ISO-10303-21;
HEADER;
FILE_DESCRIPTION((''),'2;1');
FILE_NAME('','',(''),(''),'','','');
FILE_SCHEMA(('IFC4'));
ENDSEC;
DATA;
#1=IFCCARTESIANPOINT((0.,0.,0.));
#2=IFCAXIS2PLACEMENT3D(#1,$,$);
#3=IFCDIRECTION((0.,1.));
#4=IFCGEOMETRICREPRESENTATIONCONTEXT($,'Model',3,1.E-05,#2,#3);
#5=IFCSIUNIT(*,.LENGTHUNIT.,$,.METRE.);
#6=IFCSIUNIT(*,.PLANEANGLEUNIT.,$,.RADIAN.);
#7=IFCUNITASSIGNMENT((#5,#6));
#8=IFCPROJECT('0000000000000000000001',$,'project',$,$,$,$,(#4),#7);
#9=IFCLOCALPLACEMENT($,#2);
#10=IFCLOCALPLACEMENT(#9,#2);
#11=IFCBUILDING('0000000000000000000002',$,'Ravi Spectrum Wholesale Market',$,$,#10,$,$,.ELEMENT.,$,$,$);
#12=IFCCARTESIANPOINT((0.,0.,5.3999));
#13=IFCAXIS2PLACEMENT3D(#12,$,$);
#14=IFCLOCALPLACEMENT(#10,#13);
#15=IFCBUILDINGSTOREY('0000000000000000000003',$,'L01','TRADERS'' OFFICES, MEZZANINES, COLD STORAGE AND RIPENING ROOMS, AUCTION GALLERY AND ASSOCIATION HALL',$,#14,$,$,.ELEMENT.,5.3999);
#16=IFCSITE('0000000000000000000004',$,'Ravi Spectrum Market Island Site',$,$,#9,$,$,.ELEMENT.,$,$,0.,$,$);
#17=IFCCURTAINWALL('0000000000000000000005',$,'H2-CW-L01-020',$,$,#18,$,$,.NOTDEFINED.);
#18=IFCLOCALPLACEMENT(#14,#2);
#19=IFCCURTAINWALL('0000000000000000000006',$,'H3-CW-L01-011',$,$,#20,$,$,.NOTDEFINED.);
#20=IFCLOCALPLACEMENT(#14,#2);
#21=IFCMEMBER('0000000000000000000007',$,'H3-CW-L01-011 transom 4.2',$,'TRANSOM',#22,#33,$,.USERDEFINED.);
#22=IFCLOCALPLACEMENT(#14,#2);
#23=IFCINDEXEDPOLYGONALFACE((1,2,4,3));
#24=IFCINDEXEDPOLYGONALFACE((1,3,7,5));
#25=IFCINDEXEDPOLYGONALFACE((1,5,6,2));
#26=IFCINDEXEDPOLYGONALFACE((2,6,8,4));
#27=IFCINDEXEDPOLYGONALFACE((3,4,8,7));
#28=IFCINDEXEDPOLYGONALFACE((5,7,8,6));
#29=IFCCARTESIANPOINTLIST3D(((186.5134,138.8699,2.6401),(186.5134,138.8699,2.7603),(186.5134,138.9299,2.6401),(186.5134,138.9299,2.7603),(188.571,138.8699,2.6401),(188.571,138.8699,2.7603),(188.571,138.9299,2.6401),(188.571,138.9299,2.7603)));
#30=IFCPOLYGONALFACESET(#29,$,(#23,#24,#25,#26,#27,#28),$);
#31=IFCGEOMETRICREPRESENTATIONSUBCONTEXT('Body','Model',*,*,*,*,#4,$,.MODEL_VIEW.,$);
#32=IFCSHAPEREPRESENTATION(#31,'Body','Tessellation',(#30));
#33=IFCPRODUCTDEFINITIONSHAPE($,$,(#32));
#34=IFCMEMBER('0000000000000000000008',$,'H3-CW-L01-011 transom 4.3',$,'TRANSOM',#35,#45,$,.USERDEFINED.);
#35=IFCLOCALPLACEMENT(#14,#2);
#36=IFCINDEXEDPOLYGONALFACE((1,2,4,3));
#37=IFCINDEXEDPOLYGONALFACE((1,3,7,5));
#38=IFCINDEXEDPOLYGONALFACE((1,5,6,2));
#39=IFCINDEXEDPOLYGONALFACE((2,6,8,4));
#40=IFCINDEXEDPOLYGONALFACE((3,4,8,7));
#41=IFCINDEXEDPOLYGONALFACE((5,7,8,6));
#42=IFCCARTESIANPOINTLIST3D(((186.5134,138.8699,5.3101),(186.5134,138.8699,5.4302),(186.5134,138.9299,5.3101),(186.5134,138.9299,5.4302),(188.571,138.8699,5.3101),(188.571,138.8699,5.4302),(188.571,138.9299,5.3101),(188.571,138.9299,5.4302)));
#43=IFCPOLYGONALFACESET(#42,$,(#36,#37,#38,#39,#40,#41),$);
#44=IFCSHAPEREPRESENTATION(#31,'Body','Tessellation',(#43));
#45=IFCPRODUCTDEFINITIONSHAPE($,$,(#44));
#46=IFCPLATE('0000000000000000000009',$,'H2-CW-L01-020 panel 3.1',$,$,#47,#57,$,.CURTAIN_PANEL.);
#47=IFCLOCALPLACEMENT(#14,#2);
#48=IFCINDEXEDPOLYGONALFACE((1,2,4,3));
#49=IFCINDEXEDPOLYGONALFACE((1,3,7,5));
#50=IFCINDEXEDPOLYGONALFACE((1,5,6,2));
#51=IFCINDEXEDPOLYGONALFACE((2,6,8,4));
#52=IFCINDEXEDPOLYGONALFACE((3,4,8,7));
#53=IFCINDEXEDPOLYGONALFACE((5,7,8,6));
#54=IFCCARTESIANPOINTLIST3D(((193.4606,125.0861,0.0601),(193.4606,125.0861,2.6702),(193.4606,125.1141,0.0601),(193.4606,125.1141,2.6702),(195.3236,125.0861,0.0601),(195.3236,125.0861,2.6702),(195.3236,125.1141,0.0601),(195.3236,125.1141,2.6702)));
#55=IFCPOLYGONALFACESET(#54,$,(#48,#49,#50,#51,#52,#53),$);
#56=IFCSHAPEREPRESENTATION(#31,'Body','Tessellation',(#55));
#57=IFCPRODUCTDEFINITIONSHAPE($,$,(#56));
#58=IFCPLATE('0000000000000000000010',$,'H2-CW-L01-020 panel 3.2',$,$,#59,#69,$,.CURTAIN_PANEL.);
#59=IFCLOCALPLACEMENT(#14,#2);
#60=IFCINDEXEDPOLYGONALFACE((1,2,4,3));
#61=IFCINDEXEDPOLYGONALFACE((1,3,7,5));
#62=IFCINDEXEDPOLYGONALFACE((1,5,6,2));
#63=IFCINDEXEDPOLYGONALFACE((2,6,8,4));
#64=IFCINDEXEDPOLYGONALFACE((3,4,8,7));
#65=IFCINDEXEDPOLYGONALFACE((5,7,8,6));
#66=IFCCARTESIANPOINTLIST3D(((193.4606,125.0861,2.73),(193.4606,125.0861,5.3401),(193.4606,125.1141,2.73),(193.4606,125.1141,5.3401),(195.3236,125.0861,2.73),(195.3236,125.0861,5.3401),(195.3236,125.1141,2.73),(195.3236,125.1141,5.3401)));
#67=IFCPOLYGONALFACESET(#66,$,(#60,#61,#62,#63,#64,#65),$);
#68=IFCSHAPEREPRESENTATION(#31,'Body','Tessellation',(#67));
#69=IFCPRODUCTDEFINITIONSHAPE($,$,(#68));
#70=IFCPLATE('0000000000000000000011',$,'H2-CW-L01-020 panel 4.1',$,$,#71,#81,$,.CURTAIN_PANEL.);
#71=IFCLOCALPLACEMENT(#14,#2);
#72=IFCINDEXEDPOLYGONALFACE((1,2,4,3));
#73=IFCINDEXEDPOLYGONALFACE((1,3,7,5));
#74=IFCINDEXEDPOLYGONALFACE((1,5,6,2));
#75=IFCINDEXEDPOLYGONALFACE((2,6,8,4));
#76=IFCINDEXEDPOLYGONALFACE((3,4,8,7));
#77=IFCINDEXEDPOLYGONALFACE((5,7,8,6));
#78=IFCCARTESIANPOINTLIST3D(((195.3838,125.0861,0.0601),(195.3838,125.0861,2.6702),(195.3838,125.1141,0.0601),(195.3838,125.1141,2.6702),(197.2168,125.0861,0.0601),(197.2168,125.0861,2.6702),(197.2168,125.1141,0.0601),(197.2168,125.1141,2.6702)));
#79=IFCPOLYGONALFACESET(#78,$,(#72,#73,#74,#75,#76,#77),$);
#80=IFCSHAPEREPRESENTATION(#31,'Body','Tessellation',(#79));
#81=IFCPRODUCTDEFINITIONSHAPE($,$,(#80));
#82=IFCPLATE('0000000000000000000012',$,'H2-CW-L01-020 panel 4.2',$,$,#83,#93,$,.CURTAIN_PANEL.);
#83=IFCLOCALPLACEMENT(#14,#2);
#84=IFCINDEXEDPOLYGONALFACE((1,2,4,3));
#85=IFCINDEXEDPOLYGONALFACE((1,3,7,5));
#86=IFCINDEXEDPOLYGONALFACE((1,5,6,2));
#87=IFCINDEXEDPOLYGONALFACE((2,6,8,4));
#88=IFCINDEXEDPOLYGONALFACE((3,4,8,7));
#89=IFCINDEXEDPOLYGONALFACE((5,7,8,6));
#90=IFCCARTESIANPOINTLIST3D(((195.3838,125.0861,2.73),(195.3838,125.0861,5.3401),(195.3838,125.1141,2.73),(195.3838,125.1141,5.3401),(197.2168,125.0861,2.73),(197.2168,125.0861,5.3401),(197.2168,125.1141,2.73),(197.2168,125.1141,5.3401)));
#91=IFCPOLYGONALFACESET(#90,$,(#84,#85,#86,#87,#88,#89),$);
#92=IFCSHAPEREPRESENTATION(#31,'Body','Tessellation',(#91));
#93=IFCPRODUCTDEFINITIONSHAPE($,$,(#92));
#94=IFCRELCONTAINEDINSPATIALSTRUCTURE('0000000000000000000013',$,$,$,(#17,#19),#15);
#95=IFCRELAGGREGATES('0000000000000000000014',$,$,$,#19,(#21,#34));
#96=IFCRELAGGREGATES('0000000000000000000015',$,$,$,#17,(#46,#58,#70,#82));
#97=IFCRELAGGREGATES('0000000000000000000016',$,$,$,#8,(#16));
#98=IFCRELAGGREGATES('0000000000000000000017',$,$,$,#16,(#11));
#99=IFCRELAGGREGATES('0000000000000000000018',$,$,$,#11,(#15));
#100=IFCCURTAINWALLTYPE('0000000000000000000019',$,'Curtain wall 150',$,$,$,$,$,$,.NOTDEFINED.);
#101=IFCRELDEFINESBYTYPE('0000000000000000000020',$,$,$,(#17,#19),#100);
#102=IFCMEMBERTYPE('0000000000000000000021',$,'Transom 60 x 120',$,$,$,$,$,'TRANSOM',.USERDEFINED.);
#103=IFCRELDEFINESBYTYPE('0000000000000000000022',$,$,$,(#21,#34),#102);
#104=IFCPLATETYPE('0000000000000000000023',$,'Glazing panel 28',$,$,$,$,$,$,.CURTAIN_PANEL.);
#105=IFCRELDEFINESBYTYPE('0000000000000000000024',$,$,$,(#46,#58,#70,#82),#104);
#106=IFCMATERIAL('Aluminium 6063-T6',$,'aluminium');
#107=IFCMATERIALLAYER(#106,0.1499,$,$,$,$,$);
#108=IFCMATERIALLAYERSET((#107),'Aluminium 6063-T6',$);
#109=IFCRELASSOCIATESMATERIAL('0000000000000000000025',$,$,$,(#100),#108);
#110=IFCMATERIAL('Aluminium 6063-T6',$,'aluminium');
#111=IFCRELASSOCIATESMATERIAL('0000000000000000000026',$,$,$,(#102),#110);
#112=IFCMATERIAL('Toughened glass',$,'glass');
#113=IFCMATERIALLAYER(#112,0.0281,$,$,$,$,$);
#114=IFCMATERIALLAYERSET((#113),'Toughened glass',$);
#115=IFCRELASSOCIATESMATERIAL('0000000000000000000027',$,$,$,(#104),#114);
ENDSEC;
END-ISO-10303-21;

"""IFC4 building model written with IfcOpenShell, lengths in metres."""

from ifc_helpers import new_model, si_unit, direction, frame, origin, origin_2d, place, context, subcontext, project, spatial, rectangle, extrude, material, layer, layer_set, material_profile, profile_set, type_object, element, aggregate, save


model = new_model("IFC4")

# Units and contexts
model_context = context("Model", 3, precision=1e-05, world=origin(), true_north=direction((0.0, 1.0)))
body_context = subcontext(model_context, "Body", "Model", "MODEL_VIEW")
ifc_project = project(units=[si_unit("LENGTHUNIT", "METRE"), si_unit("PLANEANGLEUNIT", "RADIAN")], contexts=[model_context])

# Site, building, storey
site_placement = place(None, origin())
site = spatial("IfcSite", under=ifc_project, at=site_placement, Name="Ravi Spectrum Market Island Site", CompositionType="ELEMENT", RefElevation=0.0)
building_placement = place(site_placement, origin())
building = spatial("IfcBuilding", under=site, at=building_placement, Name="Ravi Spectrum Wholesale Market", CompositionType="ELEMENT")
storey_placement = place(building_placement, frame((0.0, 0.0, 5.3999)))
storey = spatial("IfcBuildingStorey", under=building, at=storey_placement, Name="L01", Description="TRADERS' OFFICES, MEZZANINES, COLD STORAGE AND RIPENING ROOMS, AUCTION GALLERY AND ASSOCIATION HALL", CompositionType="ELEMENT", Elevation=5.3999)

# Shared definitions
ifc_material_1 = material(Name="Aluminium 6063-T6", Category="aluminium")
ifc_layer_1 = layer(ifc_material_1, 0.1499)
ifc_layer_set_1 = layer_set([ifc_layer_1], Name="Aluminium 6063-T6")
curtain_wall_type = type_object("IfcCurtainWallType", Name="Curtain wall 150", PredefinedType="NOTDEFINED", material=ifc_layer_set_1)

# Curtain wall
curtain_wall_1_placement = place(storey_placement, origin())
curtain_wall_1 = element("IfcCurtainWall", 1, at=curtain_wall_1_placement, inside=storey, type_object=curtain_wall_type, Name="H2-CW-L01-020", PredefinedType="NOTDEFINED")

# Curtain wall
curtain_wall_2_placement = place(storey_placement, origin())
curtain_wall_2 = element("IfcCurtainWall", 2, at=curtain_wall_2_placement, inside=storey, type_object=curtain_wall_type, Name="H3-CW-L01-011", PredefinedType="NOTDEFINED")

# Members
ifc_material_2 = material(Name="Aluminium 6063-T6", Category="aluminium")
ifc_material_profile_1 = material_profile(ifc_material_2, rectangle(XDim=0.0601, YDim=0.1201, at=origin_2d()))
ifc_profile_set_1 = profile_set([ifc_material_profile_1], Name="Aluminium 6063-T6")
member_type_1 = type_object("IfcMemberType", Name="Transom 60 x 120", ElementType="TRANSOM", PredefinedType="USERDEFINED", material=ifc_profile_set_1)
member_1_placement = place(storey_placement, frame((186.5134, 138.8999, 2.7002), z_axis=(1.0, 0.0, 0.0), x_axis=(0.0, 1.0, 0.0)))
member_1 = element("IfcMember", 3, at=member_1_placement, type_object=member_type_1, Name="H3-CW-L01-011 transom 4.2", ObjectType="TRANSOM", PredefinedType="USERDEFINED", context=body_context, shape_type="SweptSolid", body=[
    extrude(rectangle(XDim=0.0601, YDim=0.1201, at=origin_2d()), origin(), (0.0, 0.0, 1.0), 2.0576),
])
member_2_placement = place(storey_placement, frame((186.5134, 138.8999, 5.3701), z_axis=(1.0, 0.0, 0.0), x_axis=(0.0, 1.0, 0.0)))
member_2 = element("IfcMember", 4, at=member_2_placement, type_object=member_type_1, Name="H3-CW-L01-011 transom 4.3", ObjectType="TRANSOM", PredefinedType="USERDEFINED", context=body_context, shape_type="SweptSolid", body=[
    extrude(rectangle(XDim=0.0601, YDim=0.1201, at=origin_2d()), origin(), (0.0, 0.0, 1.0), 2.0576),
])
aggregate(curtain_wall_2, [member_1, member_2])

# Plates
ifc_material_3 = material(Name="Toughened glass", Category="glass")
ifc_layer_2 = layer(ifc_material_3, 0.0281)
ifc_layer_set_2 = layer_set([ifc_layer_2], Name="Toughened glass")
plate_type = type_object("IfcPlateType", Name="Glazing panel 28", PredefinedType="CURTAIN_PANEL", material=ifc_layer_set_2)
plate_1_placement = place(storey_placement, frame((194.3921, 125.1001, 0.0601), z_axis=(0.0, 0.0, 1.0), x_axis=(1.0, 0.0, 0.0)))
plate_1 = element("IfcPlate", 5, at=plate_1_placement, type_object=plate_type, Name="H2-CW-L01-020 panel 3.1", PredefinedType="CURTAIN_PANEL", context=body_context, shape_type="SweptSolid", body=[
    extrude(rectangle(XDim=1.863, YDim=0.0281, at=origin_2d()), origin(), (0.0, 0.0, 1.0), 2.6101),
])
plate_2_placement = place(storey_placement, frame((194.3921, 125.1001, 2.73), z_axis=(0.0, 0.0, 1.0), x_axis=(1.0, 0.0, 0.0)))
plate_2 = element("IfcPlate", 6, at=plate_2_placement, type_object=plate_type, Name="H2-CW-L01-020 panel 3.2", PredefinedType="CURTAIN_PANEL", context=body_context, shape_type="SweptSolid", body=[
    extrude(rectangle(XDim=1.863, YDim=0.0281, at=origin_2d()), origin(), (0.0, 0.0, 1.0), 2.6101),
])
plate_3_placement = place(storey_placement, frame((196.3003, 125.1001, 0.0601), z_axis=(0.0, 0.0, 1.0), x_axis=(1.0, 0.0, 0.0)))
plate_3 = element("IfcPlate", 7, at=plate_3_placement, type_object=plate_type, Name="H2-CW-L01-020 panel 4.1", PredefinedType="CURTAIN_PANEL", context=body_context, shape_type="SweptSolid", body=[
    extrude(rectangle(XDim=1.833, YDim=0.0281, at=origin_2d()), origin(), (0.0, 0.0, 1.0), 2.6101),
])
plate_4_placement = place(storey_placement, frame((196.3003, 125.1001, 2.73), z_axis=(0.0, 0.0, 1.0), x_axis=(1.0, 0.0, 0.0)))
plate_4 = element("IfcPlate", 8, at=plate_4_placement, type_object=plate_type, Name="H2-CW-L01-020 panel 4.2", PredefinedType="CURTAIN_PANEL", context=body_context, shape_type="SweptSolid", body=[
    extrude(rectangle(XDim=1.833, YDim=0.0281, at=origin_2d()), origin(), (0.0, 0.0, 1.0), 2.6101),
])
aggregate(curtain_wall_1, [plate_1, plate_2, plate_3, plate_4])

save(model, "model.ifc")
